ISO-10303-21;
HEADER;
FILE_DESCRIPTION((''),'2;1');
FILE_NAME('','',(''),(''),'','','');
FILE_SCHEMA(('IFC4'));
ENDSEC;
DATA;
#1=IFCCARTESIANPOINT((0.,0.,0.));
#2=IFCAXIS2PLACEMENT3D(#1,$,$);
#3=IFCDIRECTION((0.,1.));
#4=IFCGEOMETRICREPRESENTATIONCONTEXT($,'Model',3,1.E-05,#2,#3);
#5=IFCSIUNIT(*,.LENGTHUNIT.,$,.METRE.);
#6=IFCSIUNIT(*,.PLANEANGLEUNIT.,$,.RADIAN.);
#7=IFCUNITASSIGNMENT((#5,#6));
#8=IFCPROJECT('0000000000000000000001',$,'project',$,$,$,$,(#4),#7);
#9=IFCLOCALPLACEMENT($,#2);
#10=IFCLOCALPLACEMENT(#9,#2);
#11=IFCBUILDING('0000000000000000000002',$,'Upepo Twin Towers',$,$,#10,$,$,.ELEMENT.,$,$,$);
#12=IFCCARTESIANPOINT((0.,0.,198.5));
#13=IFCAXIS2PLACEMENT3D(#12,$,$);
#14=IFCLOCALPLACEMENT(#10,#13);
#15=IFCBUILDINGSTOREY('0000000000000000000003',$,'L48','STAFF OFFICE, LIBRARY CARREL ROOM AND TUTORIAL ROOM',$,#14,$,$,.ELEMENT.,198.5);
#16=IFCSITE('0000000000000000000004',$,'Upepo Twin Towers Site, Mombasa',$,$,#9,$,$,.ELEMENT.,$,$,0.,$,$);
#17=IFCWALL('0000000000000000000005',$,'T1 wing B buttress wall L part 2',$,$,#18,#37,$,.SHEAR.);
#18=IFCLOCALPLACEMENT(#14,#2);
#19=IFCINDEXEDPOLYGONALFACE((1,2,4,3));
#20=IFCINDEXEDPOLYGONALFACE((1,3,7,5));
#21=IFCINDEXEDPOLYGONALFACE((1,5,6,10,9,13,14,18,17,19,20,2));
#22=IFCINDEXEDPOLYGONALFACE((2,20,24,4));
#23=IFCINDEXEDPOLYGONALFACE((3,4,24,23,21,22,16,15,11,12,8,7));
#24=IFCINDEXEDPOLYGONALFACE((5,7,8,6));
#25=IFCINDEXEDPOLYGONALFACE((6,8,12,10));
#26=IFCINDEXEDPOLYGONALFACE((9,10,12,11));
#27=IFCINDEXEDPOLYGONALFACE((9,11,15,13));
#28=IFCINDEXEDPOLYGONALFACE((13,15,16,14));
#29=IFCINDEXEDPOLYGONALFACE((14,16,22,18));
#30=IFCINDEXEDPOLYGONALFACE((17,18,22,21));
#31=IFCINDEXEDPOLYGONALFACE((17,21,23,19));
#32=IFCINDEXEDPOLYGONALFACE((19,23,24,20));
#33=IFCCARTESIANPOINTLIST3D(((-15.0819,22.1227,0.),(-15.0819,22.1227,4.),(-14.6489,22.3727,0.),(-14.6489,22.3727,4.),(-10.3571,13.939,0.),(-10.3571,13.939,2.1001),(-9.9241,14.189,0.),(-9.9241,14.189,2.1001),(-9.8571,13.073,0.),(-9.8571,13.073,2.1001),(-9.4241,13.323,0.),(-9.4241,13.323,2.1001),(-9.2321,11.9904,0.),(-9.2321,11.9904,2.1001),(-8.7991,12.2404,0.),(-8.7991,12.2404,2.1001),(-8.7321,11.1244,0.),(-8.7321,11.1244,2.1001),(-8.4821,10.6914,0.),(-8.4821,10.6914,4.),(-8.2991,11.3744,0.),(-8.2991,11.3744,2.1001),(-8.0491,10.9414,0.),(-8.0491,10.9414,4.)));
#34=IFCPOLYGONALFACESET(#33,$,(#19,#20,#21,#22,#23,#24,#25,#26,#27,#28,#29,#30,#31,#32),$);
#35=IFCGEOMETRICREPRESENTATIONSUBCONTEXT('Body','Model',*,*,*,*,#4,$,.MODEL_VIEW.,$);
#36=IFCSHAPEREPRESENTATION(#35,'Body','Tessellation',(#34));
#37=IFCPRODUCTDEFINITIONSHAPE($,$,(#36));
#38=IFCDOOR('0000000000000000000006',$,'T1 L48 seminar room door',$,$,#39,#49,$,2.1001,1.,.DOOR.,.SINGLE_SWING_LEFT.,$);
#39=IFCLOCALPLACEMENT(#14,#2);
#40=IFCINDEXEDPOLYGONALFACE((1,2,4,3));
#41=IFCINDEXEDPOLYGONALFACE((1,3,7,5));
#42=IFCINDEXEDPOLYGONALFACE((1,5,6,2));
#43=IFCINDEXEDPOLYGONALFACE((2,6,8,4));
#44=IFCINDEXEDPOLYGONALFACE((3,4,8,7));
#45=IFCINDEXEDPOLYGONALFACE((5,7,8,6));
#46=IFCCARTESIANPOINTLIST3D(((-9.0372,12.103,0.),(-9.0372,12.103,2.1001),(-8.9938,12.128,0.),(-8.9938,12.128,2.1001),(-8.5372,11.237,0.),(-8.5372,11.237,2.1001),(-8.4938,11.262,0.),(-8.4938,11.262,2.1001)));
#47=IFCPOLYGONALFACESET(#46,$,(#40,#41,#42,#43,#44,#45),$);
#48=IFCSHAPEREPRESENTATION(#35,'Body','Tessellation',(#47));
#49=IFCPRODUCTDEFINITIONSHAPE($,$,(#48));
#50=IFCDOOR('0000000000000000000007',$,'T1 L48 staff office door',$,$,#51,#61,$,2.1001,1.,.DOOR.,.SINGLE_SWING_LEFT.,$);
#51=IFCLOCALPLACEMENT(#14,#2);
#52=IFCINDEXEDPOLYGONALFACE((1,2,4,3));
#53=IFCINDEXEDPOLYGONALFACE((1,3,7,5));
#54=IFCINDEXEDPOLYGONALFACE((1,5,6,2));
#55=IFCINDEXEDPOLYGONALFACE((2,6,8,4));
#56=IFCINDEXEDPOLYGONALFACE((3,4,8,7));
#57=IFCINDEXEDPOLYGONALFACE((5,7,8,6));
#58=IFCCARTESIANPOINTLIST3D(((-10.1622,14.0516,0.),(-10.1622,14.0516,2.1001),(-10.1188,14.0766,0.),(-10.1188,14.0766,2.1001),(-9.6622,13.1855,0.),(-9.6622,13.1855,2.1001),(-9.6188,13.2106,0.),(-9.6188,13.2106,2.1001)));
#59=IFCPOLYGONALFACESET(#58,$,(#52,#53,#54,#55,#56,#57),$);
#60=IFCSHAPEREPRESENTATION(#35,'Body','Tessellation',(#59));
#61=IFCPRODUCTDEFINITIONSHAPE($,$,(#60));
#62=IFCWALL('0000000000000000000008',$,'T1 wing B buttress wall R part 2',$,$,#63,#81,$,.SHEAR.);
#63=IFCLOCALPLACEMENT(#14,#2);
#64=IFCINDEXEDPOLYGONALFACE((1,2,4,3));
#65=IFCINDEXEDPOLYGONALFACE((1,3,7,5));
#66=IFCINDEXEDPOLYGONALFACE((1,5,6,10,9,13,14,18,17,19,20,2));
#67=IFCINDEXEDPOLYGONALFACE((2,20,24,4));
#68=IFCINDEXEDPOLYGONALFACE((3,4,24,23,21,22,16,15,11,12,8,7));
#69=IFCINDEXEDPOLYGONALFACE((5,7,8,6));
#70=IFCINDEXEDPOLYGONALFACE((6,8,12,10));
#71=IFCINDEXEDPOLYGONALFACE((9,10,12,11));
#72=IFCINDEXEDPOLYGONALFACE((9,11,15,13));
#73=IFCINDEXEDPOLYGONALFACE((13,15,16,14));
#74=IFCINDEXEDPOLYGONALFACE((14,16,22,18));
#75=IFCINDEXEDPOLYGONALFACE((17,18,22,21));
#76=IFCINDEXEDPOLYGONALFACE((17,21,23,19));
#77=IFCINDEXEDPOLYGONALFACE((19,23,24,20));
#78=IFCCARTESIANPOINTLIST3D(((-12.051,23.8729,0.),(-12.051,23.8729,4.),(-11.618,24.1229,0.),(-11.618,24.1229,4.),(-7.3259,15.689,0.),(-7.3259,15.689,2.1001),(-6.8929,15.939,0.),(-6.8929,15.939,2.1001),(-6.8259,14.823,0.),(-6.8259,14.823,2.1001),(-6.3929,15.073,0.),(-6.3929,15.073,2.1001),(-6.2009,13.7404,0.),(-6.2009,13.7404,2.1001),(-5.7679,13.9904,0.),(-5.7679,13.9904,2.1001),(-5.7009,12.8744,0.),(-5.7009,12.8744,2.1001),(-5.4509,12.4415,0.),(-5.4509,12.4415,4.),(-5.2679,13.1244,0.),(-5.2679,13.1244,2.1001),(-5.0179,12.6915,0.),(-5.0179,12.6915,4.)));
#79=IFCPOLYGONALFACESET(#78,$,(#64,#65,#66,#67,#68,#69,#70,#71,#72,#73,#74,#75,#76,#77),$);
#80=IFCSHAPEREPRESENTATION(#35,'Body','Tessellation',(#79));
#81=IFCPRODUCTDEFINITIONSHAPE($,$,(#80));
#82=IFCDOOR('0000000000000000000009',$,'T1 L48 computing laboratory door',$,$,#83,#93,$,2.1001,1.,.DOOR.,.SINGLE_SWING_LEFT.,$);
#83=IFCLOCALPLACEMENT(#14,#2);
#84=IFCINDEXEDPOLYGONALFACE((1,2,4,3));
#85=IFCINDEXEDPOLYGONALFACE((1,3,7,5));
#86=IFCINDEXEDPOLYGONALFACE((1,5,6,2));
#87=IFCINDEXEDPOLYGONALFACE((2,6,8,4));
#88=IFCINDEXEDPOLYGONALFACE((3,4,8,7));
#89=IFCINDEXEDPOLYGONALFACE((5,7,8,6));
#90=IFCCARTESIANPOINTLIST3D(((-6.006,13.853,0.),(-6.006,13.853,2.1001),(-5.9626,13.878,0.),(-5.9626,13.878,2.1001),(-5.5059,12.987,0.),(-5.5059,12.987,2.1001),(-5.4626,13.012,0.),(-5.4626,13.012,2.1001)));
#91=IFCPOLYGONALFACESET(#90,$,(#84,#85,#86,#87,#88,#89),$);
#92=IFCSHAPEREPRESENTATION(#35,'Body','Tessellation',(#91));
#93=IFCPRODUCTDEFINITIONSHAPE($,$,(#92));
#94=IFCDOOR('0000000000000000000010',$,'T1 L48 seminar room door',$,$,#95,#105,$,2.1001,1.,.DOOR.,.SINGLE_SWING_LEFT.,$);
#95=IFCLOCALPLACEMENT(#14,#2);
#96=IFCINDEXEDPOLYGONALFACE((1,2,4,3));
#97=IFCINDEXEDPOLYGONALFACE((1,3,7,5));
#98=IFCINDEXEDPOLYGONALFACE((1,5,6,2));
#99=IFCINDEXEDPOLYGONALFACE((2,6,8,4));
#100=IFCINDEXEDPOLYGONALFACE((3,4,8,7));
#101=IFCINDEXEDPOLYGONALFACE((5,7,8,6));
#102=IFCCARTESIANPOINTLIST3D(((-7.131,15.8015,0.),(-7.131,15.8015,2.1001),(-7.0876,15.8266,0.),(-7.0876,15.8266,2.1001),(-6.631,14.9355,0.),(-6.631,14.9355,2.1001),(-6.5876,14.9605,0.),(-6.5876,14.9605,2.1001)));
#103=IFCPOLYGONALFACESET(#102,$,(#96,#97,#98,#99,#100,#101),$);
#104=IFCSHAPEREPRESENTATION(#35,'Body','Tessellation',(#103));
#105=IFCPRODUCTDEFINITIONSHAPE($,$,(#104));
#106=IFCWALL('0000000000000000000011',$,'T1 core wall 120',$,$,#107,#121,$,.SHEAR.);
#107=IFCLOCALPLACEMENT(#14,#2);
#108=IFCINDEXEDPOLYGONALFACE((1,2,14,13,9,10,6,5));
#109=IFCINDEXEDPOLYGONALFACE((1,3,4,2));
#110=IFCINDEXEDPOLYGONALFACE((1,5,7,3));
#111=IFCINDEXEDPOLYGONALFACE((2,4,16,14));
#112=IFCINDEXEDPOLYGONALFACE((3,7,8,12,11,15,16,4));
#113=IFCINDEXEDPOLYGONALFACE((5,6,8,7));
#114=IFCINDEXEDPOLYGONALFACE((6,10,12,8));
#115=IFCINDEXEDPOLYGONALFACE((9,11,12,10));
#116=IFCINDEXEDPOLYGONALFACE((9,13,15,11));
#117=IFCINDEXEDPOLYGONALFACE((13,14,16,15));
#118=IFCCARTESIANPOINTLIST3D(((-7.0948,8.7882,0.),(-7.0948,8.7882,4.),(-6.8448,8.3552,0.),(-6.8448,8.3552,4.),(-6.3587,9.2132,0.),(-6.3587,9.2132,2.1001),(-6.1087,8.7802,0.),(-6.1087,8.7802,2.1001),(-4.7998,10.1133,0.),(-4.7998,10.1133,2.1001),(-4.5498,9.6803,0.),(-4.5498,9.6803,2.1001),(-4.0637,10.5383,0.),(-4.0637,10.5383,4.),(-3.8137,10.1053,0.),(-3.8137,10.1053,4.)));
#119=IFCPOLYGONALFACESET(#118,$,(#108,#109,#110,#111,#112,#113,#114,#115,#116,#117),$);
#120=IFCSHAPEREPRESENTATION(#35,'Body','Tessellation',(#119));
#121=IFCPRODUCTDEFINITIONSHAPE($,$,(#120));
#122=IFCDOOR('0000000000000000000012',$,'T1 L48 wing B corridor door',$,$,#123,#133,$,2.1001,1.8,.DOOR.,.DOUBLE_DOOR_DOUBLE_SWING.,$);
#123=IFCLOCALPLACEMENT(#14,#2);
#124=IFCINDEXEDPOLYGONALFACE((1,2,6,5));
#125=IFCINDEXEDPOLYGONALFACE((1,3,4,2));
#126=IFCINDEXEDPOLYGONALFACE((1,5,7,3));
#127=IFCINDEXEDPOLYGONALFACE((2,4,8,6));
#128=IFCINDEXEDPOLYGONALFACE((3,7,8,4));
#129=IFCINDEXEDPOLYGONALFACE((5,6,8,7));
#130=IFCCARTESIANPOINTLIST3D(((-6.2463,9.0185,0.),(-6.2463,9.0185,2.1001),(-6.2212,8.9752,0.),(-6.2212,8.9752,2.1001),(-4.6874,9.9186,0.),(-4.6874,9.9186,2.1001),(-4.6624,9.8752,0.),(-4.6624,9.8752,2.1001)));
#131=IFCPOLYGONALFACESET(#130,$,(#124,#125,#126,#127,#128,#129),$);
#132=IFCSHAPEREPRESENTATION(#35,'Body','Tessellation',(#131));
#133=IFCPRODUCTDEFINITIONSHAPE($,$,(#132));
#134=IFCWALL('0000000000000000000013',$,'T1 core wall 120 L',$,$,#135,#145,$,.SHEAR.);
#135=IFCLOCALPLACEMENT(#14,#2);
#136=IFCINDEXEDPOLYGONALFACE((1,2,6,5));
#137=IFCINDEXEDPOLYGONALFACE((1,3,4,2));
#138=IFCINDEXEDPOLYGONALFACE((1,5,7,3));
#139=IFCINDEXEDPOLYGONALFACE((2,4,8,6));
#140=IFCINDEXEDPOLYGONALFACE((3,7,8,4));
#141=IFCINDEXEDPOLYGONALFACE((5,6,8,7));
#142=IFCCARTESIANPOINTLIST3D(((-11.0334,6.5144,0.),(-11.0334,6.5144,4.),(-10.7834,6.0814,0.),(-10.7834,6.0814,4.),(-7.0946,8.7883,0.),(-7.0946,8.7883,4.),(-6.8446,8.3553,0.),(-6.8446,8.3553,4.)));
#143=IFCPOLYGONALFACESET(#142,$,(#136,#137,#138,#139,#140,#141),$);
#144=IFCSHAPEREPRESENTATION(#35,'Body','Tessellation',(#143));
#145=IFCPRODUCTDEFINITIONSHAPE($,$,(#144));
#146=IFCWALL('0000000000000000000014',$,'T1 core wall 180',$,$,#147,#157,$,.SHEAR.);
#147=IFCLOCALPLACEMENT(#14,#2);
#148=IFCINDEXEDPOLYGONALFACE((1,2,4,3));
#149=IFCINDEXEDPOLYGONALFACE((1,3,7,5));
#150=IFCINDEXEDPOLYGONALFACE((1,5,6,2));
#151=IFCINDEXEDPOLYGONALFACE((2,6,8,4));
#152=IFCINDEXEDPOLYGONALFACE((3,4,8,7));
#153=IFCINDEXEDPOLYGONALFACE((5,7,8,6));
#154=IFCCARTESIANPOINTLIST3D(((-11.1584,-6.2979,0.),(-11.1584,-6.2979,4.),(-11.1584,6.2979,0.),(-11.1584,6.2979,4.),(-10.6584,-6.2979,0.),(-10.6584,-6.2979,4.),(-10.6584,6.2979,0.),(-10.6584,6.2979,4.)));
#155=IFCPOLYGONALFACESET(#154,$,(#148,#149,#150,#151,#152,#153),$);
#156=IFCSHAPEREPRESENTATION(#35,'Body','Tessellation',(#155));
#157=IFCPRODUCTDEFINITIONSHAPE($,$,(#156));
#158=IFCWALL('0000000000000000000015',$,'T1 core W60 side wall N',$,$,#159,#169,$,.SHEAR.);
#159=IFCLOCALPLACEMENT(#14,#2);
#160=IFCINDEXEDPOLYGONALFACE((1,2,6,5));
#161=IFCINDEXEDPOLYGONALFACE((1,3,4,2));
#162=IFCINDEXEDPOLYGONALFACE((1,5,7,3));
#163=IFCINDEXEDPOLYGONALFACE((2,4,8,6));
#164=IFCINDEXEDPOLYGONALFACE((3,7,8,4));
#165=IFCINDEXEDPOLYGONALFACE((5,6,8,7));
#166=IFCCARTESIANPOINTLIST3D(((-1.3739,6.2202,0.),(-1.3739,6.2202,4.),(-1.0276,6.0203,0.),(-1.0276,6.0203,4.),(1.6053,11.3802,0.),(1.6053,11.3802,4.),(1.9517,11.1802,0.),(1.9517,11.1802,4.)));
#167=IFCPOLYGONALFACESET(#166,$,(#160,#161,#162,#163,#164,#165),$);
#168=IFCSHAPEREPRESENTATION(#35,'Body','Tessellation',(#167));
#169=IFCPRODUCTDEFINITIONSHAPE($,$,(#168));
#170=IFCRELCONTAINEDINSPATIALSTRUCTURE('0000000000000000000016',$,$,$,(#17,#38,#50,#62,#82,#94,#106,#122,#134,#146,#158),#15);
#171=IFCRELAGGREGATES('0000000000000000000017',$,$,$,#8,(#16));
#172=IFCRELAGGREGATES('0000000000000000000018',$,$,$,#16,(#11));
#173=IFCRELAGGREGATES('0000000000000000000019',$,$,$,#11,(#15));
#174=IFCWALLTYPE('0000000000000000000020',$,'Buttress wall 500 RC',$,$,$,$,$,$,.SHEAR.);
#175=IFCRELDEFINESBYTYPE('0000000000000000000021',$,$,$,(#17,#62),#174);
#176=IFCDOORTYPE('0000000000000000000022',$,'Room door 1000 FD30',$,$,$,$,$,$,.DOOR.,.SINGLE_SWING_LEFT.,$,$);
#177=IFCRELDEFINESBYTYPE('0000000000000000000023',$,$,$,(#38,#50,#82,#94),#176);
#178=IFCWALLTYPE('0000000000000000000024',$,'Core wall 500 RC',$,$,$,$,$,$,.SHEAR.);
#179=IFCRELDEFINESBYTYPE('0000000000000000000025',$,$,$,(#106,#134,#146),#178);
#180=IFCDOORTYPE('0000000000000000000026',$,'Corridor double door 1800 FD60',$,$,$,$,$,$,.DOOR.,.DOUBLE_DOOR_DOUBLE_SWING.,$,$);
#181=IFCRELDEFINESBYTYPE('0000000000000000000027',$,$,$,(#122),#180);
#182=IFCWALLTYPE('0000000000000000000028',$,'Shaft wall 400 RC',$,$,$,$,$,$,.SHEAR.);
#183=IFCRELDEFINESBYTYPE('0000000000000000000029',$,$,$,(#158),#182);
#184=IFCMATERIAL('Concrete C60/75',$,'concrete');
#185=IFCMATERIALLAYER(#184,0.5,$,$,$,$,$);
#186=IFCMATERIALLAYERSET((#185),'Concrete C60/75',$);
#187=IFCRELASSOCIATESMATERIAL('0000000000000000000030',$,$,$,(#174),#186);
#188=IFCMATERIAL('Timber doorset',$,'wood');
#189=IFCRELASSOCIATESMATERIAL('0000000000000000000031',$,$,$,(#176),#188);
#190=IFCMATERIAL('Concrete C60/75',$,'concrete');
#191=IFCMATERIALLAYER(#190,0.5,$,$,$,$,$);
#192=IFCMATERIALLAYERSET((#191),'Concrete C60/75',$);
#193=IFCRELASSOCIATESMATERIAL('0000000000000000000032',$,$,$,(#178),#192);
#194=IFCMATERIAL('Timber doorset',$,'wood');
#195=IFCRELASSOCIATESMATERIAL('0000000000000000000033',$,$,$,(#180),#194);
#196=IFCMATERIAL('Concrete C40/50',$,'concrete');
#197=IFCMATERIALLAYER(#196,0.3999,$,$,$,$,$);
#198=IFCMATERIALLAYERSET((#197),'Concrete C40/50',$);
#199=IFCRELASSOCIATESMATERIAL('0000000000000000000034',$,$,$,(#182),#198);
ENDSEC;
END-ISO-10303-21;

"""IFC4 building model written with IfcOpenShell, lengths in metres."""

from ifc_helpers import new_model, si_unit, direction, frame, frame_2d, origin, place, context, subcontext, project, spatial, rectangle, extrude, material, layer, layer_set, type_object, element, fill, save


model = new_model("IFC4")

# Units and contexts
model_context = context("Model", 3, precision=1e-05, world=origin(), true_north=direction((0.0, 1.0)))
body_context = subcontext(model_context, "Body", "Model", "MODEL_VIEW")
ifc_project = project(units=[si_unit("LENGTHUNIT", "METRE"), si_unit("PLANEANGLEUNIT", "RADIAN")], contexts=[model_context])

# Site, building, storey
site_placement = place(None, origin())
site = spatial("IfcSite", under=ifc_project, at=site_placement, Name="Upepo Twin Towers Site, Mombasa", CompositionType="ELEMENT", RefElevation=0.0)
building_placement = place(site_placement, origin())
building = spatial("IfcBuilding", under=site, at=building_placement, Name="Upepo Twin Towers", CompositionType="ELEMENT")
storey_placement = place(building_placement, frame((0.0, 0.0, 198.5)))
storey = spatial("IfcBuildingStorey", under=building, at=storey_placement, Name="L48", Description="STAFF OFFICE, LIBRARY CARREL ROOM AND TUTORIAL ROOM", CompositionType="ELEMENT", Elevation=198.5)

# Walls, openings, doors
ifc_material_1 = material(Name="Concrete C60/75", Category="concrete")
ifc_layer_1 = layer(ifc_material_1, 0.5)
ifc_layer_set_1 = layer_set([ifc_layer_1], Name="Concrete C60/75")
wall_type_1 = type_object("IfcWallType", Name="Buttress wall 500 RC", PredefinedType="SHEAR", material=ifc_layer_set_1)
wall_1_placement = place(storey_placement, frame((-8.2656, 10.8164, 0.0), z_axis=(0.0, 0.0, 1.0), x_axis=(-0.499996, 0.866028, 0.0)))
wall_1 = element("IfcWall", 1, at=wall_1_placement, inside=storey, type_object=wall_type_1, Name="T1 wing B buttress wall L part 2", PredefinedType="SHEAR", context=body_context, shape_type="SweptSolid", body=[
    extrude(rectangle(XDim=13.1997, YDim=0.5, at=frame_2d((6.5999, 0.0))), origin(), (0.0, 0.0, 1.0), 4.0),
])
opening_1_placement = place(wall_1_placement, frame((0.5, 0.0, 0.0)))
opening_1 = element("IfcOpeningElement", 2, at=opening_1_placement, cuts=wall_1, PredefinedType="OPENING", context=body_context, shape_type="SweptSolid", body=[
    extrude(rectangle(XDim=1.0, YDim=2.1001, at=frame_2d((0.5, 1.05))), frame((0.0, 0.26, 0.0), z_axis=(0.0, -1.0, 0.0), x_axis=(1.0, 0.0, 0.0)), (0.0, 0.0, 1.0), 0.52),
])
opening_2_placement = place(wall_1_placement, frame((2.75, 0.0, 0.0)))
opening_2 = element("IfcOpeningElement", 3, at=opening_2_placement, cuts=wall_1, PredefinedType="OPENING", context=body_context, shape_type="SweptSolid", body=[
    extrude(rectangle(XDim=1.0, YDim=2.1001, at=frame_2d((0.5, 1.05))), frame((0.0, 0.26, 0.0), z_axis=(0.0, -1.0, 0.0), x_axis=(1.0, 0.0, 0.0)), (0.0, 0.0, 1.0), 0.52),
])
ifc_material_2 = material(Name="Timber doorset", Category="wood")
door_type_1 = type_object("IfcDoorType", Name="Room door 1000 FD30", OperationType="SINGLE_SWING_LEFT", PredefinedType="DOOR", material=ifc_material_2)
door_1_placement = place(opening_1_placement, origin())
door_1 = element("IfcDoor", 4, at=door_1_placement, inside=storey, type_object=door_type_1, Name="T1 L48 seminar room door", OperationType="SINGLE_SWING_LEFT", OverallHeight=2.1001, OverallWidth=1.0, PredefinedType="DOOR", context=body_context, shape_type="SweptSolid", body=[
    extrude(rectangle(XDim=1.0, YDim=2.1001, at=frame_2d((0.5, 1.05))), frame((0.0, 0.0249, 0.0), z_axis=(0.0, -1.0, 0.0), x_axis=(1.0, 0.0, 0.0)), (0.0, 0.0, 1.0), 0.05),
])
fill(opening_1, door_1)
door_2_placement = place(opening_2_placement, origin())
door_2 = element("IfcDoor", 5, at=door_2_placement, inside=storey, type_object=door_type_1, Name="T1 L48 staff office door", OperationType="SINGLE_SWING_LEFT", OverallHeight=2.1001, OverallWidth=1.0, PredefinedType="DOOR", context=body_context, shape_type="SweptSolid", body=[
    extrude(rectangle(XDim=1.0, YDim=2.1001, at=frame_2d((0.5, 1.05))), frame((0.0, 0.0249, 0.0), z_axis=(0.0, -1.0, 0.0), x_axis=(1.0, 0.0, 0.0)), (0.0, 0.0, 1.0), 0.05),
])
fill(opening_2, door_2)
wall_2_placement = place(storey_placement, frame((-5.2344, 12.5664, 0.0), z_axis=(0.0, 0.0, 1.0), x_axis=(-0.50001, 0.86602, 0.0)))
wall_2 = element("IfcWall", 6, at=wall_2_placement, inside=storey, type_object=wall_type_1, Name="T1 wing B buttress wall R part 2", PredefinedType="SHEAR", context=body_context, shape_type="SweptSolid", body=[
    extrude(rectangle(XDim=13.2, YDim=0.5, at=frame_2d((6.6001, 0.0))), origin(), (0.0, 0.0, 1.0), 4.0),
])
opening_3_placement = place(wall_2_placement, frame((0.5, 0.0, 0.0)))
opening_3 = element("IfcOpeningElement", 7, at=opening_3_placement, cuts=wall_2, PredefinedType="OPENING", context=body_context, shape_type="SweptSolid", body=[
    extrude(rectangle(XDim=1.0, YDim=2.1001, at=frame_2d((0.5, 1.05))), frame((0.0, 0.26, 0.0), z_axis=(0.0, -1.0, 0.0), x_axis=(1.0, 0.0, 0.0)), (0.0, 0.0, 1.0), 0.52),
])
opening_4_placement = place(wall_2_placement, frame((2.75, 0.0, 0.0)))
opening_4 = element("IfcOpeningElement", 8, at=opening_4_placement, cuts=wall_2, PredefinedType="OPENING", context=body_context, shape_type="SweptSolid", body=[
    extrude(rectangle(XDim=1.0, YDim=2.1001, at=frame_2d((0.5, 1.05))), frame((0.0, 0.26, 0.0), z_axis=(0.0, -1.0, 0.0), x_axis=(1.0, 0.0, 0.0)), (0.0, 0.0, 1.0), 0.52),
])
door_3_placement = place(opening_3_placement, origin())
door_3 = element("IfcDoor", 9, at=door_3_placement, inside=storey, type_object=door_type_1, Name="T1 L48 computing laboratory door", OperationType="SINGLE_SWING_LEFT", OverallHeight=2.1001, OverallWidth=1.0, PredefinedType="DOOR", context=body_context, shape_type="SweptSolid", body=[
    extrude(rectangle(XDim=1.0, YDim=2.1001, at=frame_2d((0.5, 1.05))), frame((0.0, 0.0249, 0.0), z_axis=(0.0, -1.0, 0.0), x_axis=(1.0, 0.0, 0.0)), (0.0, 0.0, 1.0), 0.05),
])
fill(opening_3, door_3)
door_4_placement = place(opening_4_placement, origin())
door_4 = element("IfcDoor", 10, at=door_4_placement, inside=storey, type_object=door_type_1, Name="T1 L48 seminar room door", OperationType="SINGLE_SWING_LEFT", OverallHeight=2.1001, OverallWidth=1.0, PredefinedType="DOOR", context=body_context, shape_type="SweptSolid", body=[
    extrude(rectangle(XDim=1.0, YDim=2.1001, at=frame_2d((0.5, 1.05))), frame((0.0, 0.0249, 0.0), z_axis=(0.0, -1.0, 0.0), x_axis=(1.0, 0.0, 0.0)), (0.0, 0.0, 1.0), 0.05),
])
fill(opening_4, door_4)

# Wall, opening, door
ifc_material_3 = material(Name="Concrete C60/75", Category="concrete")
ifc_layer_2 = layer(ifc_material_3, 0.5)
ifc_layer_set_2 = layer_set([ifc_layer_2], Name="Concrete C60/75")
wall_type_2 = type_object("IfcWallType", Name="Core wall 500 RC", PredefinedType="SHEAR", material=ifc_layer_set_2)
wall_3_placement = place(storey_placement, frame((-3.9387, 10.3218, 0.0), z_axis=(0.0, 0.0, 1.0), x_axis=(-0.866019, -0.50001, 0.0)))
wall_3 = element("IfcWall", 11, at=wall_3_placement, inside=storey, type_object=wall_type_2, Name="T1 core wall 120", PredefinedType="SHEAR", context=body_context, shape_type="SweptSolid", body=[
    extrude(rectangle(XDim=3.5, YDim=0.5, at=frame_2d((1.75, 0.0))), origin(), (0.0, 0.0, 1.0), 4.0),
])
opening_5_placement = place(wall_3_placement, frame((0.8501, 0.0, 0.0)))
opening_5 = element("IfcOpeningElement", 12, at=opening_5_placement, cuts=wall_3, PredefinedType="OPENING", context=body_context, shape_type="SweptSolid", body=[
    extrude(rectangle(XDim=1.8, YDim=2.1001, at=frame_2d((0.8999, 1.05))), frame((0.0, 0.26, 0.0), z_axis=(0.0, -1.0, 0.0), x_axis=(1.0, 0.0, 0.0)), (0.0, 0.0, 1.0), 0.52),
])
ifc_material_4 = material(Name="Timber doorset", Category="wood")
door_type_2 = type_object("IfcDoorType", Name="Corridor double door 1800 FD60", OperationType="DOUBLE_DOOR_DOUBLE_SWING", PredefinedType="DOOR", material=ifc_material_4)
door_5_placement = place(opening_5_placement, origin())
door_5 = element("IfcDoor", 13, at=door_5_placement, inside=storey, type_object=door_type_2, Name="T1 L48 wing B corridor door", OperationType="DOUBLE_DOOR_DOUBLE_SWING", OverallHeight=2.1001, OverallWidth=1.8, PredefinedType="DOOR", context=body_context, shape_type="SweptSolid", body=[
    extrude(rectangle(XDim=1.8, YDim=2.1001, at=frame_2d((0.8999, 1.05))), frame((0.0, 0.0249, 0.0), z_axis=(0.0, -1.0, 0.0), x_axis=(1.0, 0.0, 0.0)), (0.0, 0.0, 1.0), 0.05),
])
fill(opening_5, door_5)

# Walls
wall_4_placement = place(storey_placement, frame((-6.9697, 8.5718, 0.0), z_axis=(0.0, 0.0, 1.0), x_axis=(-0.866035, -0.499984, 0.0)))
element("IfcWall", 14, at=wall_4_placement, inside=storey, type_object=wall_type_2, Name="T1 core wall 120 L", PredefinedType="SHEAR", context=body_context, shape_type="SweptSolid", body=[
    extrude(rectangle(XDim=4.5481, YDim=0.5, at=frame_2d((2.2739, 0.0))), origin(), (0.0, 0.0, 1.0), 4.0),
])
wall_5_placement = place(storey_placement, frame((-10.9084, 6.2979, 0.0), z_axis=(0.0, 0.0, 1.0), x_axis=(0.0, -1.0, 0.0)))
element("IfcWall", 15, at=wall_5_placement, inside=storey, type_object=wall_type_2, Name="T1 core wall 180", PredefinedType="SHEAR", context=body_context, shape_type="SweptSolid", body=[
    extrude(rectangle(XDim=12.5957, YDim=0.5, at=frame_2d((6.2979, 0.0))), origin(), (0.0, 0.0, 1.0), 4.0),
])
ifc_material_5 = material(Name="Concrete C40/50", Category="concrete")
ifc_layer_3 = layer(ifc_material_5, 0.3999)
ifc_layer_set_3 = layer_set([ifc_layer_3], Name="Concrete C40/50")
wall_type_3 = type_object("IfcWallType", Name="Shaft wall 400 RC", PredefinedType="SHEAR", material=ifc_layer_set_3)
wall_6_placement = place(storey_placement, frame((-1.2007, 6.1204, 0.0), z_axis=(0.0, 0.0, 1.0), x_axis=(0.500022, 0.866013, 0.0)))
element("IfcWall", 16, at=wall_6_placement, inside=storey, type_object=wall_type_3, Name="T1 core W60 side wall N", PredefinedType="SHEAR", context=body_context, shape_type="SweptSolid", body=[
    extrude(rectangle(XDim=5.9583, YDim=0.3999, at=frame_2d((2.979, 0.0))), origin(), (0.0, 0.0, 1.0), 4.0),
])

save(model, "model.ifc")
